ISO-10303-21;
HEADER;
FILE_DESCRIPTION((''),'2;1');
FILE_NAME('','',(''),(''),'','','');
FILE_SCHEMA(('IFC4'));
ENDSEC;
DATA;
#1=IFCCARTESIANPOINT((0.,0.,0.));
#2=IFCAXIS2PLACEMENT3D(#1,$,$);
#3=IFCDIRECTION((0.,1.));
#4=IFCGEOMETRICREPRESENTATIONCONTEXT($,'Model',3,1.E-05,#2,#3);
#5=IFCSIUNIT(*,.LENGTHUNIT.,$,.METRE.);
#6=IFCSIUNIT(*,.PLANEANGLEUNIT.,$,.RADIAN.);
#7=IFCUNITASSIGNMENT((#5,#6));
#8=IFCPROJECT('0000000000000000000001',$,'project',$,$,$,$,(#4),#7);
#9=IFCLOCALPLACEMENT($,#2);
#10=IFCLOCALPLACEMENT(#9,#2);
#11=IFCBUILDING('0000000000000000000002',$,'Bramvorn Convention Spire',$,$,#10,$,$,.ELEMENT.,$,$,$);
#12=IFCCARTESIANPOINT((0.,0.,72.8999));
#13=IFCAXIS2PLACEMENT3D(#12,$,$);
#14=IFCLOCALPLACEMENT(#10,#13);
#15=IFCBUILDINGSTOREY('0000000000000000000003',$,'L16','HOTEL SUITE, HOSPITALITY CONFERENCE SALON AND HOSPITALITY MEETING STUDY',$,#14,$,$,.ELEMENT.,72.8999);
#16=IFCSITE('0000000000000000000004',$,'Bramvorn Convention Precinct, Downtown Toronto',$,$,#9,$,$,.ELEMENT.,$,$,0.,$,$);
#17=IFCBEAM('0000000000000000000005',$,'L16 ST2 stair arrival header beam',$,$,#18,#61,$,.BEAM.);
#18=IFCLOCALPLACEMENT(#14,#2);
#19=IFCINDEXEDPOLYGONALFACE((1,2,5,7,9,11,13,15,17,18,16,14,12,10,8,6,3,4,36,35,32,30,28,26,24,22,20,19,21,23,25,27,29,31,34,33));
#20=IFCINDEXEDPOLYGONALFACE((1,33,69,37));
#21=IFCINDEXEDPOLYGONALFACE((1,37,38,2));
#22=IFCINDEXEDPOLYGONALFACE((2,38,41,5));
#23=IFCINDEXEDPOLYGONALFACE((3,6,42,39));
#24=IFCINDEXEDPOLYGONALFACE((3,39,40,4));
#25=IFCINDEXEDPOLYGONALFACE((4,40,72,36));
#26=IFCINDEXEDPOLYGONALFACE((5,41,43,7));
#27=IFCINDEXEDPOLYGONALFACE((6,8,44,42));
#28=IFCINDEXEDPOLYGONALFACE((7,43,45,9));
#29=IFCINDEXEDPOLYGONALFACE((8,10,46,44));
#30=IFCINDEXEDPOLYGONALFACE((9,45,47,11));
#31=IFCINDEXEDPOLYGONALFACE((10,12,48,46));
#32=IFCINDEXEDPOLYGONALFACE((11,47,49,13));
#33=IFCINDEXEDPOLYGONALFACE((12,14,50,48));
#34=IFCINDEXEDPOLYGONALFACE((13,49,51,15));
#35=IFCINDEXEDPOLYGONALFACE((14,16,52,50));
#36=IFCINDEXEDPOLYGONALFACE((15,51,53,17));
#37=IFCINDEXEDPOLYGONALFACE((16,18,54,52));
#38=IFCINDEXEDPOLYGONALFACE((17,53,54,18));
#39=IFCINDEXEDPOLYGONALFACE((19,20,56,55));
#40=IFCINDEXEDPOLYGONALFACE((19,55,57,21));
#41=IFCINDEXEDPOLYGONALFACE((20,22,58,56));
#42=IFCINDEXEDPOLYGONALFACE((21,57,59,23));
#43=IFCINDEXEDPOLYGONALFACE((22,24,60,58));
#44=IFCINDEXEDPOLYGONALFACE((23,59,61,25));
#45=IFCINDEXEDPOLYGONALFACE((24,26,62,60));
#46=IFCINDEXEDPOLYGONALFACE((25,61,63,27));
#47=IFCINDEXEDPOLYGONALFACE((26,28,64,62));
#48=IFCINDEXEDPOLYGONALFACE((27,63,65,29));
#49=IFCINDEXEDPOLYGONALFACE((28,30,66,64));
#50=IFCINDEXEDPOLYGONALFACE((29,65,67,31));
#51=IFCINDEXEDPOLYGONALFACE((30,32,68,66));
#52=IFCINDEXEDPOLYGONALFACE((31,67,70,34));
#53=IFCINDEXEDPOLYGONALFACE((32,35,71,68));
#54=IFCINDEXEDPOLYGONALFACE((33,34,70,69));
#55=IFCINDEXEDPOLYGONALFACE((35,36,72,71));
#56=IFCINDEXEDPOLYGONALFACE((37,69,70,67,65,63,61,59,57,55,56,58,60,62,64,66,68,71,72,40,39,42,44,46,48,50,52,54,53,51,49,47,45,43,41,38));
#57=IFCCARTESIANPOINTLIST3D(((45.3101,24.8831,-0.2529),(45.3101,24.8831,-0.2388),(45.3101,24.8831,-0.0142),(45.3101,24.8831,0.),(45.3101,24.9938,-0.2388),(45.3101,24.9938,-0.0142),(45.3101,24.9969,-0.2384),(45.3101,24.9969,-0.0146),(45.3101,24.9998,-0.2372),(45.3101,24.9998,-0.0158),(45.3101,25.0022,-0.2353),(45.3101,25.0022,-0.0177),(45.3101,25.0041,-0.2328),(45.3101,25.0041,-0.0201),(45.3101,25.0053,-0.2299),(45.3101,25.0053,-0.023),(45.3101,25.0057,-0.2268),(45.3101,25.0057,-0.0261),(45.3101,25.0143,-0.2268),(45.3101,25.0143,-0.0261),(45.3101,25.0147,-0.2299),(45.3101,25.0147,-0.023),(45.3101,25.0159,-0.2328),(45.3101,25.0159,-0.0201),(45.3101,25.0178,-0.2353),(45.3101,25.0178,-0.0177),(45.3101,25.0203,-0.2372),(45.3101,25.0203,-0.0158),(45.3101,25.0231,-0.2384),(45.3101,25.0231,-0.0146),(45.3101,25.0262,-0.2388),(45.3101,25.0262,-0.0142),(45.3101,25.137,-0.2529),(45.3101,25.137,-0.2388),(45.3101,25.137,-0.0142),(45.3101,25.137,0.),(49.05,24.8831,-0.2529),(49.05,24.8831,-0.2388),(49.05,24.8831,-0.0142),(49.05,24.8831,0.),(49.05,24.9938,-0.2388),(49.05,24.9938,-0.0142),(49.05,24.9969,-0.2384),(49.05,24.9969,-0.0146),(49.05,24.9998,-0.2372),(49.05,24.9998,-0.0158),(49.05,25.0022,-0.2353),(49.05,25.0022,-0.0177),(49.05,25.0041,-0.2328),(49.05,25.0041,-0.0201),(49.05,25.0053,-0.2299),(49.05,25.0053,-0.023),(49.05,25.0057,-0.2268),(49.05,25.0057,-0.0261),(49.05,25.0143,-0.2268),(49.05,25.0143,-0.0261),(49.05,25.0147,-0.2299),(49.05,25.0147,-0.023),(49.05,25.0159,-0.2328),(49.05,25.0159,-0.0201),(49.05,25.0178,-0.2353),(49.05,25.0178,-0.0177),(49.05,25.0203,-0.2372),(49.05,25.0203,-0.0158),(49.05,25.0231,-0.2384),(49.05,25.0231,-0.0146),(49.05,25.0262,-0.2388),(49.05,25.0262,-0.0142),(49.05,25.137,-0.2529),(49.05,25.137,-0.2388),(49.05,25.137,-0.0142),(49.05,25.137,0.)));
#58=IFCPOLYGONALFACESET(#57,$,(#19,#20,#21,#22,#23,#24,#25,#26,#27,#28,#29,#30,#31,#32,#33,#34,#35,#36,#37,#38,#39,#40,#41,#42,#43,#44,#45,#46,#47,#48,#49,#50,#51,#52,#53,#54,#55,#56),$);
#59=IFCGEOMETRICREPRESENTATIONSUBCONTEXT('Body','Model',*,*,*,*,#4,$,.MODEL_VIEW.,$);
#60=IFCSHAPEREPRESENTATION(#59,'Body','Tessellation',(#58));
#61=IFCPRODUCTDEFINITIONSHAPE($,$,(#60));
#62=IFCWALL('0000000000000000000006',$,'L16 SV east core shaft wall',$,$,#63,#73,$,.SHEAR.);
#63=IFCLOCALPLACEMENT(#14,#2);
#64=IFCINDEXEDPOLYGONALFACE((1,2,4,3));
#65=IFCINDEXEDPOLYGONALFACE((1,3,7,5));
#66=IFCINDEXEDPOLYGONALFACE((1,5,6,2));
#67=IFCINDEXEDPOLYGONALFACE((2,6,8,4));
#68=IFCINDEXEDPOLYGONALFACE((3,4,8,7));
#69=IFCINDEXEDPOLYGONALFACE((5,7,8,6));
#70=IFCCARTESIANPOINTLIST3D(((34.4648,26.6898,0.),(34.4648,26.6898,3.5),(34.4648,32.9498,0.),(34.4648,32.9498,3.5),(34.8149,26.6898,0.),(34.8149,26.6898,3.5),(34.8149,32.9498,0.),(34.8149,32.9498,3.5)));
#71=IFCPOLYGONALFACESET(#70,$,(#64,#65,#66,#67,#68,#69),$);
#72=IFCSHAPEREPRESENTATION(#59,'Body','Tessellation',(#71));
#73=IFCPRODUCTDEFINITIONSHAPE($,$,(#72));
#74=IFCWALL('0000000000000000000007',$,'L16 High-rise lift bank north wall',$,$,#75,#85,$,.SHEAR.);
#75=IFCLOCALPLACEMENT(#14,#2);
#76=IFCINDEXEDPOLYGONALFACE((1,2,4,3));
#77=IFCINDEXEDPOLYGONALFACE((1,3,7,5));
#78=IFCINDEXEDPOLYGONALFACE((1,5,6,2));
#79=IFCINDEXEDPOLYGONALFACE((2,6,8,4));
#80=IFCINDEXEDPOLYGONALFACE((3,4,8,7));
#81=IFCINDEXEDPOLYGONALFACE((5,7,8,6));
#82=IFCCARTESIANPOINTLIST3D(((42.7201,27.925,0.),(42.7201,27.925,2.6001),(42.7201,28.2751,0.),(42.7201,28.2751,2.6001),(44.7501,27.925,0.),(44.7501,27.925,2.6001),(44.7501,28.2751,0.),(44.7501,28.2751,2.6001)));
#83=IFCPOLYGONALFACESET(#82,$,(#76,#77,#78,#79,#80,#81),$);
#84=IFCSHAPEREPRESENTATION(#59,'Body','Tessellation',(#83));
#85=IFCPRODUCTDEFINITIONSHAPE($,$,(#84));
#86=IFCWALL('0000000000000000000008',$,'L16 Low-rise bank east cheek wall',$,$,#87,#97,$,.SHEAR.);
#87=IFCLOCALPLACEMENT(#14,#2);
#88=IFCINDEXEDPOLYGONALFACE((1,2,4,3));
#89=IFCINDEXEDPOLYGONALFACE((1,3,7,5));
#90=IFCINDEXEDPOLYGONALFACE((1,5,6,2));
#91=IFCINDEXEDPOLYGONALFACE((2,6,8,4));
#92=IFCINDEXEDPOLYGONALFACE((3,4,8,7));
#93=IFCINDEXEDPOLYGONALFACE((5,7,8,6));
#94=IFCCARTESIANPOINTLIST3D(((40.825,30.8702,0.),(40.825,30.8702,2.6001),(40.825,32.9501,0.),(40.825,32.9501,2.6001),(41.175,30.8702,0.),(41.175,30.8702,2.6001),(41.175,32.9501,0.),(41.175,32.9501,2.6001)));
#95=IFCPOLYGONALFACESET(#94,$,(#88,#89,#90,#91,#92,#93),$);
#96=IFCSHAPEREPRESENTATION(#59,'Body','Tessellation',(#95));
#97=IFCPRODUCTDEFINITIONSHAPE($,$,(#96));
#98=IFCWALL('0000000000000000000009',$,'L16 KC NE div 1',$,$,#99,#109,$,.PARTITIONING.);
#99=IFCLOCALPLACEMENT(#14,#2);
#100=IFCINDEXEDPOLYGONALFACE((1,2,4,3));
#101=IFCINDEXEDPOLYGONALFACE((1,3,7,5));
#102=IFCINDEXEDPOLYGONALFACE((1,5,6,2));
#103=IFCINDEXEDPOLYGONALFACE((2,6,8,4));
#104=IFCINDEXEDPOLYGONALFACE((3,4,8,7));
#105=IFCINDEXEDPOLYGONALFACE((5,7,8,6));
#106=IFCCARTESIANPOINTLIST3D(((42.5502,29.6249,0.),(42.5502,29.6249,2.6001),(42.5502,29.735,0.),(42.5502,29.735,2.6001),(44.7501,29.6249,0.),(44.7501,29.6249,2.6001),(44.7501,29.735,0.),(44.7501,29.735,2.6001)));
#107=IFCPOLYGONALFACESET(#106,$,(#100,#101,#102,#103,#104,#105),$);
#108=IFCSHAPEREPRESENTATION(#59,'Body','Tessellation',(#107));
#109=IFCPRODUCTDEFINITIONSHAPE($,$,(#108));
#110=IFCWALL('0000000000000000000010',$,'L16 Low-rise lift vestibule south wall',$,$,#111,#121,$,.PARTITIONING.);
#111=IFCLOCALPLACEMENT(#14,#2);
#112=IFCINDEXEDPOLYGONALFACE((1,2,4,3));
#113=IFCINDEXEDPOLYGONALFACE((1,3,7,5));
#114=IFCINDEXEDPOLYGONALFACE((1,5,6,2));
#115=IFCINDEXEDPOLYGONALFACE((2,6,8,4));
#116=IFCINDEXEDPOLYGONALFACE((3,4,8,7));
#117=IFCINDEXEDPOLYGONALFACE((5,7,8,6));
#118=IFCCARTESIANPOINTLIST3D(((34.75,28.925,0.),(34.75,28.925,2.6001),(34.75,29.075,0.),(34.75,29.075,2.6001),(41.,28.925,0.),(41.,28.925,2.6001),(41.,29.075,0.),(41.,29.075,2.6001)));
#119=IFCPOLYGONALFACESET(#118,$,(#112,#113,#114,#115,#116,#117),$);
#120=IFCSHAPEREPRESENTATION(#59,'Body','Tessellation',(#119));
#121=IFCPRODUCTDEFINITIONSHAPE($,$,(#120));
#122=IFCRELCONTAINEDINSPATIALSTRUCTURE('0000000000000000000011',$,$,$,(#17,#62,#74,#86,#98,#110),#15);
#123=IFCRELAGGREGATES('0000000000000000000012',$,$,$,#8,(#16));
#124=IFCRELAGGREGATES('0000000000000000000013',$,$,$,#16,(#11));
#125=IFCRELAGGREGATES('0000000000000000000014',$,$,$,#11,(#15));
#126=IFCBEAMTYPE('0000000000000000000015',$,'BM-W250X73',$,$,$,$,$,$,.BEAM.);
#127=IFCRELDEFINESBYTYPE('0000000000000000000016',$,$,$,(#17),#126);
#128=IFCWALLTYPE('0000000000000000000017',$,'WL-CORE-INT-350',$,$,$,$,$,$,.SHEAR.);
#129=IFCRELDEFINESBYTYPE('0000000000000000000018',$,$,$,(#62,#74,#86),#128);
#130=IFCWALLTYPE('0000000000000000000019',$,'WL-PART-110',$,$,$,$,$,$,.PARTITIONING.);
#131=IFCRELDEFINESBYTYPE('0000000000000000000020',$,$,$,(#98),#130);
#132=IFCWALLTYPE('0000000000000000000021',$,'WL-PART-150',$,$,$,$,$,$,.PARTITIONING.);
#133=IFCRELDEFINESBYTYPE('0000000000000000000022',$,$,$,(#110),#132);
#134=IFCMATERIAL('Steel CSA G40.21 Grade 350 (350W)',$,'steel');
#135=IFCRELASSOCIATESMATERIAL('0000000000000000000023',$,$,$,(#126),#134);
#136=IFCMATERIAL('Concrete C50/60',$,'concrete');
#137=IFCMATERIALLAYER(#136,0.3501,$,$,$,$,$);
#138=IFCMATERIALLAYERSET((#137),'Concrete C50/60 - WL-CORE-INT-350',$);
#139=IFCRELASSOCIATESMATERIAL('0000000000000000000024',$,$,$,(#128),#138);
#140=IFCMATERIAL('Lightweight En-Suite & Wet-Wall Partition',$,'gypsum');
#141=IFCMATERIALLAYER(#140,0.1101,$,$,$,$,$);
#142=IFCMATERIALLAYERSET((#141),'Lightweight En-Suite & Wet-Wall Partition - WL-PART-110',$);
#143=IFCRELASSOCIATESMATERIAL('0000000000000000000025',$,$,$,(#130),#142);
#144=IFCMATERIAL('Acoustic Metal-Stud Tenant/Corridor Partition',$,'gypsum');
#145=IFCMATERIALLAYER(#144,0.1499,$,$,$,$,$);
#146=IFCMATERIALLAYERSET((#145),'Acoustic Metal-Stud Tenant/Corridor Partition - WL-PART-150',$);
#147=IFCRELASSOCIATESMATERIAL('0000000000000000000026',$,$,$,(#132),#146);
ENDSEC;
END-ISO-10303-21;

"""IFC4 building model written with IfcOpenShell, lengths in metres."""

from ifc_helpers import new_model, si_unit, direction, frame, frame_2d, origin, origin_2d, place, context, subcontext, project, spatial, rectangle, i_section, extrude, material, layer, layer_set, material_profile, profile_set, type_object, element, save


model = new_model("IFC4")

# Units and contexts
model_context = context("Model", 3, precision=1e-05, world=origin(), true_north=direction((0.0, 1.0)))
body_context = subcontext(model_context, "Body", "Model", "MODEL_VIEW")
ifc_project = project(units=[si_unit("LENGTHUNIT", "METRE"), si_unit("PLANEANGLEUNIT", "RADIAN")], contexts=[model_context])

# Site, building, storey
site_placement = place(None, origin())
site = spatial("IfcSite", under=ifc_project, at=site_placement, Name="Bramvorn Convention Precinct, Downtown Toronto", CompositionType="ELEMENT", RefElevation=0.0)
building_placement = place(site_placement, origin())
building = spatial("IfcBuilding", under=site, at=building_placement, Name="Bramvorn Convention Spire", CompositionType="ELEMENT")
storey_placement = place(building_placement, frame((0.0, 0.0, 72.8999)))
storey = spatial("IfcBuildingStorey", under=building, at=storey_placement, Name="L16", Description="HOTEL SUITE, HOSPITALITY CONFERENCE SALON AND HOSPITALITY MEETING STUDY", CompositionType="ELEMENT", Elevation=72.8999)

# Beam
ifc_material_1 = material(Name="Steel CSA G40.21 Grade 350 (350W)", Category="steel")
ifc_material_profile = material_profile(ifc_material_1, i_section(OverallWidth=0.2539, OverallDepth=0.2529, WebThickness=0.0085, FlangeThickness=0.0142, FilletRadius=0.012, at=origin_2d()))
ifc_profile_set = profile_set([ifc_material_profile], Name="Steel CSA G40.21 Grade 350 (350W) - W250X73")
beam_type = type_object("IfcBeamType", Name="BM-W250X73", PredefinedType="BEAM", material=ifc_profile_set)
beam_placement = place(storey_placement, frame((45.3101, 25.01, -0.1265), z_axis=(1.0, 0.0, 0.0), x_axis=(0.0, 1.0, 0.0)))
element("IfcBeam", 1, at=beam_placement, inside=storey, type_object=beam_type, Name="L16 ST2 stair arrival header beam", PredefinedType="BEAM", context=body_context, shape_type="SweptSolid", body=[
    extrude(i_section(OverallWidth=0.2539, OverallDepth=0.2529, WebThickness=0.0085, FlangeThickness=0.0142, FilletRadius=0.012, at=origin_2d()), origin(), (0.0, 0.0, 1.0), 3.74),
])

# Shared definitions
ifc_material_2 = material(Name="Concrete C50/60", Category="concrete")
ifc_layer_1 = layer(ifc_material_2, 0.3501)
ifc_layer_set_1 = layer_set([ifc_layer_1], Name="Concrete C50/60 - WL-CORE-INT-350")
wall_type_1 = type_object("IfcWallType", Name="WL-CORE-INT-350", PredefinedType="SHEAR", material=ifc_layer_set_1)

# Walls
wall_1_placement = place(storey_placement, frame((34.6399, 26.6899, 0.0), z_axis=(0.0, 0.0, 1.0), x_axis=(0.0, 1.0, 0.0)))
element("IfcWall", 2, at=wall_1_placement, inside=storey, type_object=wall_type_1, Name="L16 SV east core shaft wall", PredefinedType="SHEAR", context=body_context, shape_type="SweptSolid", body=[
    extrude(rectangle(XDim=6.26, YDim=0.3501, at=frame_2d((3.1299, 0.0))), origin(), (0.0, 0.0, 1.0), 3.5),
])
wall_2_placement = place(storey_placement, frame((42.72, 28.1001, 0.0), z_axis=(0.0, 0.0, 1.0), x_axis=(1.0, 0.0, 0.0)))
element("IfcWall", 3, at=wall_2_placement, inside=storey, type_object=wall_type_1, Name="L16 High-rise lift bank north wall", PredefinedType="SHEAR", context=body_context, shape_type="SweptSolid", body=[
    extrude(rectangle(XDim=2.03, YDim=0.3501, at=frame_2d((1.0151, 0.0))), origin(), (0.0, 0.0, 1.0), 2.6001),
])

# Walls
wall_3_placement = place(storey_placement, frame((41.0, 30.8701, 0.0), z_axis=(0.0, 0.0, 1.0), x_axis=(0.0, 1.0, 0.0)))
element("IfcWall", 4, at=wall_3_placement, inside=storey, type_object=wall_type_1, Name="L16 Low-rise bank east cheek wall", PredefinedType="SHEAR", context=body_context, shape_type="SweptSolid", body=[
    extrude(rectangle(XDim=2.0798, YDim=0.3501, at=frame_2d((1.04, 0.0))), origin(), (0.0, 0.0, 1.0), 2.6001),
])
ifc_material_3 = material(Name="Lightweight En-Suite & Wet-Wall Partition", Category="gypsum")
ifc_layer_2 = layer(ifc_material_3, 0.1101)
ifc_layer_set_2 = layer_set([ifc_layer_2], Name="Lightweight En-Suite & Wet-Wall Partition - WL-PART-110")
wall_type_2 = type_object("IfcWallType", Name="WL-PART-110", PredefinedType="PARTITIONING", material=ifc_layer_set_2)
wall_4_placement = place(storey_placement, frame((42.55, 29.6799, 0.0), z_axis=(0.0, 0.0, 1.0), x_axis=(1.0, 0.0, 0.0)))
element("IfcWall", 5, at=wall_4_placement, inside=storey, type_object=wall_type_2, Name="L16 KC NE div 1", PredefinedType="PARTITIONING", context=body_context, shape_type="SweptSolid", body=[
    extrude(rectangle(XDim=2.2, YDim=0.1101, at=frame_2d((1.1001, 0.0))), origin(), (0.0, 0.0, 1.0), 2.6001),
])
ifc_material_4 = material(Name="Acoustic Metal-Stud Tenant/Corridor Partition", Category="gypsum")
ifc_layer_3 = layer(ifc_material_4, 0.1499)
ifc_layer_set_3 = layer_set([ifc_layer_3], Name="Acoustic Metal-Stud Tenant/Corridor Partition - WL-PART-150")
wall_type_3 = type_object("IfcWallType", Name="WL-PART-150", PredefinedType="PARTITIONING", material=ifc_layer_set_3)
wall_5_placement = place(storey_placement, frame((34.75, 29.0, 0.0), z_axis=(0.0, 0.0, 1.0), x_axis=(1.0, 0.0, 0.0)))
element("IfcWall", 6, at=wall_5_placement, inside=storey, type_object=wall_type_3, Name="L16 Low-rise lift vestibule south wall", PredefinedType="PARTITIONING", context=body_context, shape_type="SweptSolid", body=[
    extrude(rectangle(XDim=6.25, YDim=0.1499, at=frame_2d((3.125, 0.0))), origin(), (0.0, 0.0, 1.0), 2.6001),
])

save(model, "model.ifc")
